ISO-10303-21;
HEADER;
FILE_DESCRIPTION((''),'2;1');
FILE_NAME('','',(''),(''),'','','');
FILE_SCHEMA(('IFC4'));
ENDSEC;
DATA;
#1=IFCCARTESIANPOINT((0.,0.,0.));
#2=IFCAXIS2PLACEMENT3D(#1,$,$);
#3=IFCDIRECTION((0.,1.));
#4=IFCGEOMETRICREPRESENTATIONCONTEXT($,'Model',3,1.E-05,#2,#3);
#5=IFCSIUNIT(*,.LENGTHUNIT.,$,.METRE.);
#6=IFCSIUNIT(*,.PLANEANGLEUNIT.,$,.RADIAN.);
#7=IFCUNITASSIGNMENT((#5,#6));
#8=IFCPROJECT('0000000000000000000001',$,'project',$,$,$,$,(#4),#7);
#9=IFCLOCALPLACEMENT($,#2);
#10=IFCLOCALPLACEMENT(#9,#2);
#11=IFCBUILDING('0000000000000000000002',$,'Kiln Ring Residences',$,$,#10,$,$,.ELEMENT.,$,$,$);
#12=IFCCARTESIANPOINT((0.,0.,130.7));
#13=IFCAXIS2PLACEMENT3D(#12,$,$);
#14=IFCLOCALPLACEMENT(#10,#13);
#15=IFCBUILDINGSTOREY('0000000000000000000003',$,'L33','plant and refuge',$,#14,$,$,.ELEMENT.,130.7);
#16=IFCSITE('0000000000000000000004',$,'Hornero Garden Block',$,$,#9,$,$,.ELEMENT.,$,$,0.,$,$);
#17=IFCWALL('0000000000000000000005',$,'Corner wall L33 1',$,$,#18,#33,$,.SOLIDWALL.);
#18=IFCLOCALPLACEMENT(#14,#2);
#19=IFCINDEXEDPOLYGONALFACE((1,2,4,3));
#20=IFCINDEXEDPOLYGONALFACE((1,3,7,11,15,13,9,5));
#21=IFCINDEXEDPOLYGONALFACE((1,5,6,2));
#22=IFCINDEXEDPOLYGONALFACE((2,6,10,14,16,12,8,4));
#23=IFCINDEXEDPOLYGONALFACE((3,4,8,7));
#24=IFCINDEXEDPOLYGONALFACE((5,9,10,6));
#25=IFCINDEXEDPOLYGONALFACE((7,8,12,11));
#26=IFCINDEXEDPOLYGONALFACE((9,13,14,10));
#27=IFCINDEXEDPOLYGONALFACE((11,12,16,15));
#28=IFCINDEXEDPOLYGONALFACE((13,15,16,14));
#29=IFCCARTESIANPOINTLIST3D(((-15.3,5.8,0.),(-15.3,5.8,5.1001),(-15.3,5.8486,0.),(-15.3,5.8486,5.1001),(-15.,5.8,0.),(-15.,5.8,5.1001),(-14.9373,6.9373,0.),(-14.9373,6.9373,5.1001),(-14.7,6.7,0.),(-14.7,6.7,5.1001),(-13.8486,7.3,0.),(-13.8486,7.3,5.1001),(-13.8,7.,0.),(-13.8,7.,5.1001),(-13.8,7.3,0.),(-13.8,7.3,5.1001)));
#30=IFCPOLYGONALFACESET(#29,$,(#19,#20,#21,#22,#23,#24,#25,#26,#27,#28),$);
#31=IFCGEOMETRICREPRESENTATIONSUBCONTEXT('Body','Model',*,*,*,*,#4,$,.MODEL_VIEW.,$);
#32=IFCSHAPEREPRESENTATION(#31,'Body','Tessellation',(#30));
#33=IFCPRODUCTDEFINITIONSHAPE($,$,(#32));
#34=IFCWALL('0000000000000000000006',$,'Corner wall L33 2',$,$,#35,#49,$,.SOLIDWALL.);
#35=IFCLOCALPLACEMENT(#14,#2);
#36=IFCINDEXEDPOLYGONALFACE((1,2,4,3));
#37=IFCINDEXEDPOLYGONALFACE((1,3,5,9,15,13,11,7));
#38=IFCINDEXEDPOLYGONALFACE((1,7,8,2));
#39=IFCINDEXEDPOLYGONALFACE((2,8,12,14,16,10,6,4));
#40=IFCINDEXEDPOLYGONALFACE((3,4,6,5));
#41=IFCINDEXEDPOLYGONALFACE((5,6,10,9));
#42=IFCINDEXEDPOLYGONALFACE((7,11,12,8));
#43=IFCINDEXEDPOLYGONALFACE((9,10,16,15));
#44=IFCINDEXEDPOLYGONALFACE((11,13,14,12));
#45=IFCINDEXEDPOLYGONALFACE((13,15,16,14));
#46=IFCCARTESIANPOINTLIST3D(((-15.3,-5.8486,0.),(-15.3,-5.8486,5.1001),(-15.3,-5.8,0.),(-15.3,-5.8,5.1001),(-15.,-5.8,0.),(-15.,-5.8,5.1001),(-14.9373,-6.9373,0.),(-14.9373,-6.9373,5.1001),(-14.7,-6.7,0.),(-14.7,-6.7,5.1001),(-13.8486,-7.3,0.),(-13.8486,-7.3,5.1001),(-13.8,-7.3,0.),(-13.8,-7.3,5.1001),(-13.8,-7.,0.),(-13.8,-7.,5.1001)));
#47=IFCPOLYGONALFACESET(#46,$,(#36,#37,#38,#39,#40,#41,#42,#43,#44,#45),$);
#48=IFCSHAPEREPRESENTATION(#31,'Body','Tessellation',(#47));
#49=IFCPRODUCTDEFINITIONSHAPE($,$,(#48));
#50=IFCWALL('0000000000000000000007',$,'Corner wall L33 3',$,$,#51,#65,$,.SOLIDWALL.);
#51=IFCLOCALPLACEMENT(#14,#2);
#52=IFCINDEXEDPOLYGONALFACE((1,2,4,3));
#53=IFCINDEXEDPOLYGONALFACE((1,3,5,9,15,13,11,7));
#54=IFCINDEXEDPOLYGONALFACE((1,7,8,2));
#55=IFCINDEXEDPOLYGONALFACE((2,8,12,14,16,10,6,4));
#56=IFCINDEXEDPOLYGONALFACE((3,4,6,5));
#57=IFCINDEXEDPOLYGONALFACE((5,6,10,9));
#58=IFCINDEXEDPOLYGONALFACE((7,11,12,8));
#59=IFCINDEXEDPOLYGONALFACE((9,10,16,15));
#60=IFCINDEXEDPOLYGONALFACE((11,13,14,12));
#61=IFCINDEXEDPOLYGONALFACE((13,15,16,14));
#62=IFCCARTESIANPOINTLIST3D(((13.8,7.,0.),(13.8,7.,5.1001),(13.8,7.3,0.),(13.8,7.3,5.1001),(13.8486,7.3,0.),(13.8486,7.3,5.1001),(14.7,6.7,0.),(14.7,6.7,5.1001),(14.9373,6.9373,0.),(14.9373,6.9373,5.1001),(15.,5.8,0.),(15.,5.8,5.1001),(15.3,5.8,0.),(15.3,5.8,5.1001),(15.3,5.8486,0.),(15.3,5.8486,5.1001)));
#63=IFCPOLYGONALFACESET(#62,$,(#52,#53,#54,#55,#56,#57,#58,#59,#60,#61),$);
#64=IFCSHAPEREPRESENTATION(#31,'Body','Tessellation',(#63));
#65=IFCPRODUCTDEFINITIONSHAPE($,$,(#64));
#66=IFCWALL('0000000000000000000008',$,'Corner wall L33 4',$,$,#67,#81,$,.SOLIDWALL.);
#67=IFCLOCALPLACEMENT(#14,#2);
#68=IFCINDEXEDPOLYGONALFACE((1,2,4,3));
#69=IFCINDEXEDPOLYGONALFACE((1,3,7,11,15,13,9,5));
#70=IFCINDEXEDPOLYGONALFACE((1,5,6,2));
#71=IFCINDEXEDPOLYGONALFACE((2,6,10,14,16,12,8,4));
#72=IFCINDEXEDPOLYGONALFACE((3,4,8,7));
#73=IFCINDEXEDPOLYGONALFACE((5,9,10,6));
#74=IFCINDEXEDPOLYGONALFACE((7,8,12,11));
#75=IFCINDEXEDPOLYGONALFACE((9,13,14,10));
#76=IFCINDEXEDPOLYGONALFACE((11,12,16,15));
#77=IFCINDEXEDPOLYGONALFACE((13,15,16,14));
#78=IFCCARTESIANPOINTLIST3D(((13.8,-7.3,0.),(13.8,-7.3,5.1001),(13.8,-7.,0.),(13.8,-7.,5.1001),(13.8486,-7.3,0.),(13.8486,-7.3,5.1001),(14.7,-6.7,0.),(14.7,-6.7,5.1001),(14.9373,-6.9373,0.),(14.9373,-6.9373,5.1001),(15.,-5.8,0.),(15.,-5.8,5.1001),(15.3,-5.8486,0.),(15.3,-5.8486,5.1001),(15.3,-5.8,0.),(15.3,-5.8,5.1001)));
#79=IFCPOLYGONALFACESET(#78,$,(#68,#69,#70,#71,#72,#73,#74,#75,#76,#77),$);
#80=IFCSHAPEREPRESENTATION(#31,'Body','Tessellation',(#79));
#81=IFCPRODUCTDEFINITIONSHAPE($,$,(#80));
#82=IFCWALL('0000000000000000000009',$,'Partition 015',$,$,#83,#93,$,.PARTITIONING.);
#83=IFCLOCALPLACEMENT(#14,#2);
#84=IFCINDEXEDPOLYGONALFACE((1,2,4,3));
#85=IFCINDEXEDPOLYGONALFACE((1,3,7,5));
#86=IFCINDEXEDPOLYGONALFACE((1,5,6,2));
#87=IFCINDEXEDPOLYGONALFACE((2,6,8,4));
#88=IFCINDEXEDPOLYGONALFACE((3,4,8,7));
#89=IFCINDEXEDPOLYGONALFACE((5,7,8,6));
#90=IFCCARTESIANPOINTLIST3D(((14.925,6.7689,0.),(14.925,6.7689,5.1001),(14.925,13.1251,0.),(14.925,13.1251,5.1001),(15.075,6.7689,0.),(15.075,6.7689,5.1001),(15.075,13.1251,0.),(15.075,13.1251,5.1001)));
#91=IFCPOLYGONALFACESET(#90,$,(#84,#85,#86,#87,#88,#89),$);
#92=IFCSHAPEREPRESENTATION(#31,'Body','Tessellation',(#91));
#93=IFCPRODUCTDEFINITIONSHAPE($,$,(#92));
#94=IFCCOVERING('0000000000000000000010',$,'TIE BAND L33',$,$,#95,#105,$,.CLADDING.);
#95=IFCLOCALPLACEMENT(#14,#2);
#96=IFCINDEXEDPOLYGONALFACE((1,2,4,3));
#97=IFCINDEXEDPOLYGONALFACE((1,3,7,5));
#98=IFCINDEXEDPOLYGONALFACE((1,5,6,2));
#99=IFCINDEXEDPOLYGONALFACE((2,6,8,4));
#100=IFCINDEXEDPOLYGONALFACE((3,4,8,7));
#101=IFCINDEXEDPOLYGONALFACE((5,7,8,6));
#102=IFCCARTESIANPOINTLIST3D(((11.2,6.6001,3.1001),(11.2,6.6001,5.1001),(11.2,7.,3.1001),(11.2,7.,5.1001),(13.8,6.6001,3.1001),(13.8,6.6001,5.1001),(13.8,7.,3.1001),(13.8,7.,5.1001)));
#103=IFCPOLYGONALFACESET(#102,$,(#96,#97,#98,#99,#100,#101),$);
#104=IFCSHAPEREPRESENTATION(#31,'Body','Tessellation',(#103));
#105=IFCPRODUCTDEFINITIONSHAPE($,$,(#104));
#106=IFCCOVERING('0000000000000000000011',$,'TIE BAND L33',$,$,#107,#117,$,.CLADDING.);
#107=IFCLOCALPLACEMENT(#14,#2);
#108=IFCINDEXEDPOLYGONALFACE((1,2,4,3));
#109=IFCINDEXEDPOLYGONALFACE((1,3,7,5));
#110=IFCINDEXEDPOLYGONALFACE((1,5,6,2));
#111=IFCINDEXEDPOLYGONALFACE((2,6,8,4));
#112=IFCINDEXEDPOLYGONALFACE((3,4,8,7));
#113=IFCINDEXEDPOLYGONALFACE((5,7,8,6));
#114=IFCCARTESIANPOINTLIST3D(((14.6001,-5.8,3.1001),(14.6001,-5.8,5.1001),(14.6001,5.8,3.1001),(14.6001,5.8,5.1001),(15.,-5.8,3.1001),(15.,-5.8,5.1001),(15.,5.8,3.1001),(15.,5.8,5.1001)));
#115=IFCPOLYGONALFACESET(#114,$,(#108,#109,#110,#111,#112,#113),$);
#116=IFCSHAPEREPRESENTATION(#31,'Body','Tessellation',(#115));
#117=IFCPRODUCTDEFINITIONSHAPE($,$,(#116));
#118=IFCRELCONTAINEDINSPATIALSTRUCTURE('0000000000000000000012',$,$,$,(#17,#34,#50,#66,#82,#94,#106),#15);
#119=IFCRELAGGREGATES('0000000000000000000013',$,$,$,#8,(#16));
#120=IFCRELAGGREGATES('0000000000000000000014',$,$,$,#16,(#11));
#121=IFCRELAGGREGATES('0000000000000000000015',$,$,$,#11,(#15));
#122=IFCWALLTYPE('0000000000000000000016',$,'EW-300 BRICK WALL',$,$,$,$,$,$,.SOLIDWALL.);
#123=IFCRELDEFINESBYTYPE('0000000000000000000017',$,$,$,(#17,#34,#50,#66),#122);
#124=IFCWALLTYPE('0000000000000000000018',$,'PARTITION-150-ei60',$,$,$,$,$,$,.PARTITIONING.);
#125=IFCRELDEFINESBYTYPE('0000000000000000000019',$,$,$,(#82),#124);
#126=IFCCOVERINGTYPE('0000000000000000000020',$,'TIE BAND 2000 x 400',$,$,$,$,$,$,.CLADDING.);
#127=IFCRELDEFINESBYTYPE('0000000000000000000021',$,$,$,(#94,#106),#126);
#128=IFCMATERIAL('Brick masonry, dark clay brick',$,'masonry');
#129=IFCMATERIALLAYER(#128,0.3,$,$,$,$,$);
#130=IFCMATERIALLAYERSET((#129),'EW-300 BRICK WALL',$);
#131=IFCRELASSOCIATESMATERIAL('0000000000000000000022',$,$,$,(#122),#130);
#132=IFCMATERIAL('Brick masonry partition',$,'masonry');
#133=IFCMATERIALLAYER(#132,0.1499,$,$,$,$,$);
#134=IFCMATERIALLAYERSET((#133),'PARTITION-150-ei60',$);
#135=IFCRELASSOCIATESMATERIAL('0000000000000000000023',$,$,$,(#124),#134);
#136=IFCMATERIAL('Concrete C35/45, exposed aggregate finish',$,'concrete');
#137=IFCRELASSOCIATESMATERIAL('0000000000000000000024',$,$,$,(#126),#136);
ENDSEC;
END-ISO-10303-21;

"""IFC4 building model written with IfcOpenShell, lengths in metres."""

from ifc_helpers import new_model, si_unit, direction, frame, frame_2d, origin, origin_2d, place, context, subcontext, project, spatial, polyline, rectangle, outline, extrude, material, layer, layer_set, type_object, element, save


model = new_model("IFC4")

# Units and contexts
model_context = context("Model", 3, precision=1e-05, world=origin(), true_north=direction((0.0, 1.0)))
body_context = subcontext(model_context, "Body", "Model", "MODEL_VIEW")
ifc_project = project(units=[si_unit("LENGTHUNIT", "METRE"), si_unit("PLANEANGLEUNIT", "RADIAN")], contexts=[model_context])

# Site, building, storey
site_placement = place(None, origin())
site = spatial("IfcSite", under=ifc_project, at=site_placement, Name="Hornero Garden Block", CompositionType="ELEMENT", RefElevation=0.0)
building_placement = place(site_placement, origin())
building = spatial("IfcBuilding", under=site, at=building_placement, Name="Kiln Ring Residences", CompositionType="ELEMENT")
storey_placement = place(building_placement, frame((0.0, 0.0, 130.7)))
storey = spatial("IfcBuildingStorey", under=building, at=storey_placement, Name="L33", Description="plant and refuge", CompositionType="ELEMENT", Elevation=130.7)

# Shared definitions
placement_1 = place(storey_placement, origin())

# Walls
ifc_material_1 = material(Name="Brick masonry, dark clay brick", Category="masonry")
ifc_layer_1 = layer(ifc_material_1, 0.3)
ifc_layer_set_1 = layer_set([ifc_layer_1], Name="EW-300 BRICK WALL")
wall_type_1 = type_object("IfcWallType", Name="EW-300 BRICK WALL", PredefinedType="SOLIDWALL", material=ifc_layer_set_1)
element("IfcWall", 1, at=placement_1, inside=storey, type_object=wall_type_1, Name="Corner wall L33 1", PredefinedType="SOLIDWALL", context=body_context, shape_type="SweptSolid", body=[
    extrude(outline(polyline([(-15.0, 5.8), (-14.7, 6.7), (-13.8, 7.0), (-13.8, 7.3), (-13.8486, 7.3), (-14.9373, 6.9373), (-15.3, 5.8486), (-15.3, 5.8), (-15.0, 5.8)])), origin(), (0.0, 0.0, 1.0), 5.1001),
])
element("IfcWall", 2, at=placement_1, inside=storey, type_object=wall_type_1, Name="Corner wall L33 2", PredefinedType="SOLIDWALL", context=body_context, shape_type="SweptSolid", body=[
    extrude(outline(polyline([(-13.8, -7.0), (-14.7, -6.7), (-15.0, -5.8), (-15.3, -5.8), (-15.3, -5.8486), (-14.9373, -6.9373), (-13.8486, -7.3), (-13.8, -7.3), (-13.8, -7.0)])), origin(), (0.0, 0.0, 1.0), 5.1001),
])
element("IfcWall", 3, at=placement_1, inside=storey, type_object=wall_type_1, Name="Corner wall L33 3", PredefinedType="SOLIDWALL", context=body_context, shape_type="SweptSolid", body=[
    extrude(outline(polyline([(13.8, 7.0), (14.7, 6.7), (15.0, 5.8), (15.3, 5.8), (15.3, 5.8486), (14.9373, 6.9373), (13.8486, 7.3), (13.8, 7.3), (13.8, 7.0)])), origin(), (0.0, 0.0, 1.0), 5.1001),
])
element("IfcWall", 4, at=placement_1, inside=storey, type_object=wall_type_1, Name="Corner wall L33 4", PredefinedType="SOLIDWALL", context=body_context, shape_type="SweptSolid", body=[
    extrude(outline(polyline([(15.0, -5.8), (14.7, -6.7), (13.8, -7.0), (13.8, -7.3), (13.8486, -7.3), (14.9373, -6.9373), (15.3, -5.8486), (15.3, -5.8), (15.0, -5.8)])), origin(), (0.0, 0.0, 1.0), 5.1001),
])
ifc_material_2 = material(Name="Brick masonry partition", Category="masonry")
ifc_layer_2 = layer(ifc_material_2, 0.1499)
ifc_layer_set_2 = layer_set([ifc_layer_2], Name="PARTITION-150-ei60")
wall_type_2 = type_object("IfcWallType", Name="PARTITION-150-ei60", PredefinedType="PARTITIONING", material=ifc_layer_set_2)
wall_1_placement = place(storey_placement, frame((15.0, 6.7688, 0.0), z_axis=(0.0, 0.0, 1.0), x_axis=(0.0, 1.0, 0.0)))
element("IfcWall", 5, at=wall_1_placement, inside=storey, type_object=wall_type_2, Name="Partition 015", PredefinedType="PARTITIONING", context=body_context, shape_type="SweptSolid", body=[
    extrude(rectangle(XDim=6.3562, YDim=0.1499, at=frame_2d((3.1782, 0.0))), origin(), (0.0, 0.0, 1.0), 5.1001),
])

# Coverings
ifc_material_3 = material(Name="Concrete C35/45, exposed aggregate finish", Category="concrete")
covering_type = type_object("IfcCoveringType", Name="TIE BAND 2000 x 400", PredefinedType="CLADDING", material=ifc_material_3)
covering_1_placement = place(storey_placement, frame((12.5, 6.8, 3.1001), z_axis=(0.0, 0.0, 1.0), x_axis=(1.0, 0.0, 0.0)))
element("IfcCovering", 6, at=covering_1_placement, inside=storey, type_object=covering_type, Name="TIE BAND L33", PredefinedType="CLADDING", context=body_context, shape_type="SweptSolid", body=[
    extrude(rectangle(XDim=2.6001, YDim=0.3999, at=origin_2d()), origin(), (0.0, 0.0, 1.0), 2.0),
])
covering_2_placement = place(storey_placement, frame((14.8, 0.0, 3.1001), z_axis=(0.0, 0.0, 1.0), x_axis=(0.0, -1.0, 0.0)))
element("IfcCovering", 7, at=covering_2_placement, inside=storey, type_object=covering_type, Name="TIE BAND L33", PredefinedType="CLADDING", context=body_context, shape_type="SweptSolid", body=[
    extrude(rectangle(XDim=11.6001, YDim=0.3999, at=origin_2d()), origin(), (0.0, 0.0, 1.0), 2.0),
])

save(model, "model.ifc")
